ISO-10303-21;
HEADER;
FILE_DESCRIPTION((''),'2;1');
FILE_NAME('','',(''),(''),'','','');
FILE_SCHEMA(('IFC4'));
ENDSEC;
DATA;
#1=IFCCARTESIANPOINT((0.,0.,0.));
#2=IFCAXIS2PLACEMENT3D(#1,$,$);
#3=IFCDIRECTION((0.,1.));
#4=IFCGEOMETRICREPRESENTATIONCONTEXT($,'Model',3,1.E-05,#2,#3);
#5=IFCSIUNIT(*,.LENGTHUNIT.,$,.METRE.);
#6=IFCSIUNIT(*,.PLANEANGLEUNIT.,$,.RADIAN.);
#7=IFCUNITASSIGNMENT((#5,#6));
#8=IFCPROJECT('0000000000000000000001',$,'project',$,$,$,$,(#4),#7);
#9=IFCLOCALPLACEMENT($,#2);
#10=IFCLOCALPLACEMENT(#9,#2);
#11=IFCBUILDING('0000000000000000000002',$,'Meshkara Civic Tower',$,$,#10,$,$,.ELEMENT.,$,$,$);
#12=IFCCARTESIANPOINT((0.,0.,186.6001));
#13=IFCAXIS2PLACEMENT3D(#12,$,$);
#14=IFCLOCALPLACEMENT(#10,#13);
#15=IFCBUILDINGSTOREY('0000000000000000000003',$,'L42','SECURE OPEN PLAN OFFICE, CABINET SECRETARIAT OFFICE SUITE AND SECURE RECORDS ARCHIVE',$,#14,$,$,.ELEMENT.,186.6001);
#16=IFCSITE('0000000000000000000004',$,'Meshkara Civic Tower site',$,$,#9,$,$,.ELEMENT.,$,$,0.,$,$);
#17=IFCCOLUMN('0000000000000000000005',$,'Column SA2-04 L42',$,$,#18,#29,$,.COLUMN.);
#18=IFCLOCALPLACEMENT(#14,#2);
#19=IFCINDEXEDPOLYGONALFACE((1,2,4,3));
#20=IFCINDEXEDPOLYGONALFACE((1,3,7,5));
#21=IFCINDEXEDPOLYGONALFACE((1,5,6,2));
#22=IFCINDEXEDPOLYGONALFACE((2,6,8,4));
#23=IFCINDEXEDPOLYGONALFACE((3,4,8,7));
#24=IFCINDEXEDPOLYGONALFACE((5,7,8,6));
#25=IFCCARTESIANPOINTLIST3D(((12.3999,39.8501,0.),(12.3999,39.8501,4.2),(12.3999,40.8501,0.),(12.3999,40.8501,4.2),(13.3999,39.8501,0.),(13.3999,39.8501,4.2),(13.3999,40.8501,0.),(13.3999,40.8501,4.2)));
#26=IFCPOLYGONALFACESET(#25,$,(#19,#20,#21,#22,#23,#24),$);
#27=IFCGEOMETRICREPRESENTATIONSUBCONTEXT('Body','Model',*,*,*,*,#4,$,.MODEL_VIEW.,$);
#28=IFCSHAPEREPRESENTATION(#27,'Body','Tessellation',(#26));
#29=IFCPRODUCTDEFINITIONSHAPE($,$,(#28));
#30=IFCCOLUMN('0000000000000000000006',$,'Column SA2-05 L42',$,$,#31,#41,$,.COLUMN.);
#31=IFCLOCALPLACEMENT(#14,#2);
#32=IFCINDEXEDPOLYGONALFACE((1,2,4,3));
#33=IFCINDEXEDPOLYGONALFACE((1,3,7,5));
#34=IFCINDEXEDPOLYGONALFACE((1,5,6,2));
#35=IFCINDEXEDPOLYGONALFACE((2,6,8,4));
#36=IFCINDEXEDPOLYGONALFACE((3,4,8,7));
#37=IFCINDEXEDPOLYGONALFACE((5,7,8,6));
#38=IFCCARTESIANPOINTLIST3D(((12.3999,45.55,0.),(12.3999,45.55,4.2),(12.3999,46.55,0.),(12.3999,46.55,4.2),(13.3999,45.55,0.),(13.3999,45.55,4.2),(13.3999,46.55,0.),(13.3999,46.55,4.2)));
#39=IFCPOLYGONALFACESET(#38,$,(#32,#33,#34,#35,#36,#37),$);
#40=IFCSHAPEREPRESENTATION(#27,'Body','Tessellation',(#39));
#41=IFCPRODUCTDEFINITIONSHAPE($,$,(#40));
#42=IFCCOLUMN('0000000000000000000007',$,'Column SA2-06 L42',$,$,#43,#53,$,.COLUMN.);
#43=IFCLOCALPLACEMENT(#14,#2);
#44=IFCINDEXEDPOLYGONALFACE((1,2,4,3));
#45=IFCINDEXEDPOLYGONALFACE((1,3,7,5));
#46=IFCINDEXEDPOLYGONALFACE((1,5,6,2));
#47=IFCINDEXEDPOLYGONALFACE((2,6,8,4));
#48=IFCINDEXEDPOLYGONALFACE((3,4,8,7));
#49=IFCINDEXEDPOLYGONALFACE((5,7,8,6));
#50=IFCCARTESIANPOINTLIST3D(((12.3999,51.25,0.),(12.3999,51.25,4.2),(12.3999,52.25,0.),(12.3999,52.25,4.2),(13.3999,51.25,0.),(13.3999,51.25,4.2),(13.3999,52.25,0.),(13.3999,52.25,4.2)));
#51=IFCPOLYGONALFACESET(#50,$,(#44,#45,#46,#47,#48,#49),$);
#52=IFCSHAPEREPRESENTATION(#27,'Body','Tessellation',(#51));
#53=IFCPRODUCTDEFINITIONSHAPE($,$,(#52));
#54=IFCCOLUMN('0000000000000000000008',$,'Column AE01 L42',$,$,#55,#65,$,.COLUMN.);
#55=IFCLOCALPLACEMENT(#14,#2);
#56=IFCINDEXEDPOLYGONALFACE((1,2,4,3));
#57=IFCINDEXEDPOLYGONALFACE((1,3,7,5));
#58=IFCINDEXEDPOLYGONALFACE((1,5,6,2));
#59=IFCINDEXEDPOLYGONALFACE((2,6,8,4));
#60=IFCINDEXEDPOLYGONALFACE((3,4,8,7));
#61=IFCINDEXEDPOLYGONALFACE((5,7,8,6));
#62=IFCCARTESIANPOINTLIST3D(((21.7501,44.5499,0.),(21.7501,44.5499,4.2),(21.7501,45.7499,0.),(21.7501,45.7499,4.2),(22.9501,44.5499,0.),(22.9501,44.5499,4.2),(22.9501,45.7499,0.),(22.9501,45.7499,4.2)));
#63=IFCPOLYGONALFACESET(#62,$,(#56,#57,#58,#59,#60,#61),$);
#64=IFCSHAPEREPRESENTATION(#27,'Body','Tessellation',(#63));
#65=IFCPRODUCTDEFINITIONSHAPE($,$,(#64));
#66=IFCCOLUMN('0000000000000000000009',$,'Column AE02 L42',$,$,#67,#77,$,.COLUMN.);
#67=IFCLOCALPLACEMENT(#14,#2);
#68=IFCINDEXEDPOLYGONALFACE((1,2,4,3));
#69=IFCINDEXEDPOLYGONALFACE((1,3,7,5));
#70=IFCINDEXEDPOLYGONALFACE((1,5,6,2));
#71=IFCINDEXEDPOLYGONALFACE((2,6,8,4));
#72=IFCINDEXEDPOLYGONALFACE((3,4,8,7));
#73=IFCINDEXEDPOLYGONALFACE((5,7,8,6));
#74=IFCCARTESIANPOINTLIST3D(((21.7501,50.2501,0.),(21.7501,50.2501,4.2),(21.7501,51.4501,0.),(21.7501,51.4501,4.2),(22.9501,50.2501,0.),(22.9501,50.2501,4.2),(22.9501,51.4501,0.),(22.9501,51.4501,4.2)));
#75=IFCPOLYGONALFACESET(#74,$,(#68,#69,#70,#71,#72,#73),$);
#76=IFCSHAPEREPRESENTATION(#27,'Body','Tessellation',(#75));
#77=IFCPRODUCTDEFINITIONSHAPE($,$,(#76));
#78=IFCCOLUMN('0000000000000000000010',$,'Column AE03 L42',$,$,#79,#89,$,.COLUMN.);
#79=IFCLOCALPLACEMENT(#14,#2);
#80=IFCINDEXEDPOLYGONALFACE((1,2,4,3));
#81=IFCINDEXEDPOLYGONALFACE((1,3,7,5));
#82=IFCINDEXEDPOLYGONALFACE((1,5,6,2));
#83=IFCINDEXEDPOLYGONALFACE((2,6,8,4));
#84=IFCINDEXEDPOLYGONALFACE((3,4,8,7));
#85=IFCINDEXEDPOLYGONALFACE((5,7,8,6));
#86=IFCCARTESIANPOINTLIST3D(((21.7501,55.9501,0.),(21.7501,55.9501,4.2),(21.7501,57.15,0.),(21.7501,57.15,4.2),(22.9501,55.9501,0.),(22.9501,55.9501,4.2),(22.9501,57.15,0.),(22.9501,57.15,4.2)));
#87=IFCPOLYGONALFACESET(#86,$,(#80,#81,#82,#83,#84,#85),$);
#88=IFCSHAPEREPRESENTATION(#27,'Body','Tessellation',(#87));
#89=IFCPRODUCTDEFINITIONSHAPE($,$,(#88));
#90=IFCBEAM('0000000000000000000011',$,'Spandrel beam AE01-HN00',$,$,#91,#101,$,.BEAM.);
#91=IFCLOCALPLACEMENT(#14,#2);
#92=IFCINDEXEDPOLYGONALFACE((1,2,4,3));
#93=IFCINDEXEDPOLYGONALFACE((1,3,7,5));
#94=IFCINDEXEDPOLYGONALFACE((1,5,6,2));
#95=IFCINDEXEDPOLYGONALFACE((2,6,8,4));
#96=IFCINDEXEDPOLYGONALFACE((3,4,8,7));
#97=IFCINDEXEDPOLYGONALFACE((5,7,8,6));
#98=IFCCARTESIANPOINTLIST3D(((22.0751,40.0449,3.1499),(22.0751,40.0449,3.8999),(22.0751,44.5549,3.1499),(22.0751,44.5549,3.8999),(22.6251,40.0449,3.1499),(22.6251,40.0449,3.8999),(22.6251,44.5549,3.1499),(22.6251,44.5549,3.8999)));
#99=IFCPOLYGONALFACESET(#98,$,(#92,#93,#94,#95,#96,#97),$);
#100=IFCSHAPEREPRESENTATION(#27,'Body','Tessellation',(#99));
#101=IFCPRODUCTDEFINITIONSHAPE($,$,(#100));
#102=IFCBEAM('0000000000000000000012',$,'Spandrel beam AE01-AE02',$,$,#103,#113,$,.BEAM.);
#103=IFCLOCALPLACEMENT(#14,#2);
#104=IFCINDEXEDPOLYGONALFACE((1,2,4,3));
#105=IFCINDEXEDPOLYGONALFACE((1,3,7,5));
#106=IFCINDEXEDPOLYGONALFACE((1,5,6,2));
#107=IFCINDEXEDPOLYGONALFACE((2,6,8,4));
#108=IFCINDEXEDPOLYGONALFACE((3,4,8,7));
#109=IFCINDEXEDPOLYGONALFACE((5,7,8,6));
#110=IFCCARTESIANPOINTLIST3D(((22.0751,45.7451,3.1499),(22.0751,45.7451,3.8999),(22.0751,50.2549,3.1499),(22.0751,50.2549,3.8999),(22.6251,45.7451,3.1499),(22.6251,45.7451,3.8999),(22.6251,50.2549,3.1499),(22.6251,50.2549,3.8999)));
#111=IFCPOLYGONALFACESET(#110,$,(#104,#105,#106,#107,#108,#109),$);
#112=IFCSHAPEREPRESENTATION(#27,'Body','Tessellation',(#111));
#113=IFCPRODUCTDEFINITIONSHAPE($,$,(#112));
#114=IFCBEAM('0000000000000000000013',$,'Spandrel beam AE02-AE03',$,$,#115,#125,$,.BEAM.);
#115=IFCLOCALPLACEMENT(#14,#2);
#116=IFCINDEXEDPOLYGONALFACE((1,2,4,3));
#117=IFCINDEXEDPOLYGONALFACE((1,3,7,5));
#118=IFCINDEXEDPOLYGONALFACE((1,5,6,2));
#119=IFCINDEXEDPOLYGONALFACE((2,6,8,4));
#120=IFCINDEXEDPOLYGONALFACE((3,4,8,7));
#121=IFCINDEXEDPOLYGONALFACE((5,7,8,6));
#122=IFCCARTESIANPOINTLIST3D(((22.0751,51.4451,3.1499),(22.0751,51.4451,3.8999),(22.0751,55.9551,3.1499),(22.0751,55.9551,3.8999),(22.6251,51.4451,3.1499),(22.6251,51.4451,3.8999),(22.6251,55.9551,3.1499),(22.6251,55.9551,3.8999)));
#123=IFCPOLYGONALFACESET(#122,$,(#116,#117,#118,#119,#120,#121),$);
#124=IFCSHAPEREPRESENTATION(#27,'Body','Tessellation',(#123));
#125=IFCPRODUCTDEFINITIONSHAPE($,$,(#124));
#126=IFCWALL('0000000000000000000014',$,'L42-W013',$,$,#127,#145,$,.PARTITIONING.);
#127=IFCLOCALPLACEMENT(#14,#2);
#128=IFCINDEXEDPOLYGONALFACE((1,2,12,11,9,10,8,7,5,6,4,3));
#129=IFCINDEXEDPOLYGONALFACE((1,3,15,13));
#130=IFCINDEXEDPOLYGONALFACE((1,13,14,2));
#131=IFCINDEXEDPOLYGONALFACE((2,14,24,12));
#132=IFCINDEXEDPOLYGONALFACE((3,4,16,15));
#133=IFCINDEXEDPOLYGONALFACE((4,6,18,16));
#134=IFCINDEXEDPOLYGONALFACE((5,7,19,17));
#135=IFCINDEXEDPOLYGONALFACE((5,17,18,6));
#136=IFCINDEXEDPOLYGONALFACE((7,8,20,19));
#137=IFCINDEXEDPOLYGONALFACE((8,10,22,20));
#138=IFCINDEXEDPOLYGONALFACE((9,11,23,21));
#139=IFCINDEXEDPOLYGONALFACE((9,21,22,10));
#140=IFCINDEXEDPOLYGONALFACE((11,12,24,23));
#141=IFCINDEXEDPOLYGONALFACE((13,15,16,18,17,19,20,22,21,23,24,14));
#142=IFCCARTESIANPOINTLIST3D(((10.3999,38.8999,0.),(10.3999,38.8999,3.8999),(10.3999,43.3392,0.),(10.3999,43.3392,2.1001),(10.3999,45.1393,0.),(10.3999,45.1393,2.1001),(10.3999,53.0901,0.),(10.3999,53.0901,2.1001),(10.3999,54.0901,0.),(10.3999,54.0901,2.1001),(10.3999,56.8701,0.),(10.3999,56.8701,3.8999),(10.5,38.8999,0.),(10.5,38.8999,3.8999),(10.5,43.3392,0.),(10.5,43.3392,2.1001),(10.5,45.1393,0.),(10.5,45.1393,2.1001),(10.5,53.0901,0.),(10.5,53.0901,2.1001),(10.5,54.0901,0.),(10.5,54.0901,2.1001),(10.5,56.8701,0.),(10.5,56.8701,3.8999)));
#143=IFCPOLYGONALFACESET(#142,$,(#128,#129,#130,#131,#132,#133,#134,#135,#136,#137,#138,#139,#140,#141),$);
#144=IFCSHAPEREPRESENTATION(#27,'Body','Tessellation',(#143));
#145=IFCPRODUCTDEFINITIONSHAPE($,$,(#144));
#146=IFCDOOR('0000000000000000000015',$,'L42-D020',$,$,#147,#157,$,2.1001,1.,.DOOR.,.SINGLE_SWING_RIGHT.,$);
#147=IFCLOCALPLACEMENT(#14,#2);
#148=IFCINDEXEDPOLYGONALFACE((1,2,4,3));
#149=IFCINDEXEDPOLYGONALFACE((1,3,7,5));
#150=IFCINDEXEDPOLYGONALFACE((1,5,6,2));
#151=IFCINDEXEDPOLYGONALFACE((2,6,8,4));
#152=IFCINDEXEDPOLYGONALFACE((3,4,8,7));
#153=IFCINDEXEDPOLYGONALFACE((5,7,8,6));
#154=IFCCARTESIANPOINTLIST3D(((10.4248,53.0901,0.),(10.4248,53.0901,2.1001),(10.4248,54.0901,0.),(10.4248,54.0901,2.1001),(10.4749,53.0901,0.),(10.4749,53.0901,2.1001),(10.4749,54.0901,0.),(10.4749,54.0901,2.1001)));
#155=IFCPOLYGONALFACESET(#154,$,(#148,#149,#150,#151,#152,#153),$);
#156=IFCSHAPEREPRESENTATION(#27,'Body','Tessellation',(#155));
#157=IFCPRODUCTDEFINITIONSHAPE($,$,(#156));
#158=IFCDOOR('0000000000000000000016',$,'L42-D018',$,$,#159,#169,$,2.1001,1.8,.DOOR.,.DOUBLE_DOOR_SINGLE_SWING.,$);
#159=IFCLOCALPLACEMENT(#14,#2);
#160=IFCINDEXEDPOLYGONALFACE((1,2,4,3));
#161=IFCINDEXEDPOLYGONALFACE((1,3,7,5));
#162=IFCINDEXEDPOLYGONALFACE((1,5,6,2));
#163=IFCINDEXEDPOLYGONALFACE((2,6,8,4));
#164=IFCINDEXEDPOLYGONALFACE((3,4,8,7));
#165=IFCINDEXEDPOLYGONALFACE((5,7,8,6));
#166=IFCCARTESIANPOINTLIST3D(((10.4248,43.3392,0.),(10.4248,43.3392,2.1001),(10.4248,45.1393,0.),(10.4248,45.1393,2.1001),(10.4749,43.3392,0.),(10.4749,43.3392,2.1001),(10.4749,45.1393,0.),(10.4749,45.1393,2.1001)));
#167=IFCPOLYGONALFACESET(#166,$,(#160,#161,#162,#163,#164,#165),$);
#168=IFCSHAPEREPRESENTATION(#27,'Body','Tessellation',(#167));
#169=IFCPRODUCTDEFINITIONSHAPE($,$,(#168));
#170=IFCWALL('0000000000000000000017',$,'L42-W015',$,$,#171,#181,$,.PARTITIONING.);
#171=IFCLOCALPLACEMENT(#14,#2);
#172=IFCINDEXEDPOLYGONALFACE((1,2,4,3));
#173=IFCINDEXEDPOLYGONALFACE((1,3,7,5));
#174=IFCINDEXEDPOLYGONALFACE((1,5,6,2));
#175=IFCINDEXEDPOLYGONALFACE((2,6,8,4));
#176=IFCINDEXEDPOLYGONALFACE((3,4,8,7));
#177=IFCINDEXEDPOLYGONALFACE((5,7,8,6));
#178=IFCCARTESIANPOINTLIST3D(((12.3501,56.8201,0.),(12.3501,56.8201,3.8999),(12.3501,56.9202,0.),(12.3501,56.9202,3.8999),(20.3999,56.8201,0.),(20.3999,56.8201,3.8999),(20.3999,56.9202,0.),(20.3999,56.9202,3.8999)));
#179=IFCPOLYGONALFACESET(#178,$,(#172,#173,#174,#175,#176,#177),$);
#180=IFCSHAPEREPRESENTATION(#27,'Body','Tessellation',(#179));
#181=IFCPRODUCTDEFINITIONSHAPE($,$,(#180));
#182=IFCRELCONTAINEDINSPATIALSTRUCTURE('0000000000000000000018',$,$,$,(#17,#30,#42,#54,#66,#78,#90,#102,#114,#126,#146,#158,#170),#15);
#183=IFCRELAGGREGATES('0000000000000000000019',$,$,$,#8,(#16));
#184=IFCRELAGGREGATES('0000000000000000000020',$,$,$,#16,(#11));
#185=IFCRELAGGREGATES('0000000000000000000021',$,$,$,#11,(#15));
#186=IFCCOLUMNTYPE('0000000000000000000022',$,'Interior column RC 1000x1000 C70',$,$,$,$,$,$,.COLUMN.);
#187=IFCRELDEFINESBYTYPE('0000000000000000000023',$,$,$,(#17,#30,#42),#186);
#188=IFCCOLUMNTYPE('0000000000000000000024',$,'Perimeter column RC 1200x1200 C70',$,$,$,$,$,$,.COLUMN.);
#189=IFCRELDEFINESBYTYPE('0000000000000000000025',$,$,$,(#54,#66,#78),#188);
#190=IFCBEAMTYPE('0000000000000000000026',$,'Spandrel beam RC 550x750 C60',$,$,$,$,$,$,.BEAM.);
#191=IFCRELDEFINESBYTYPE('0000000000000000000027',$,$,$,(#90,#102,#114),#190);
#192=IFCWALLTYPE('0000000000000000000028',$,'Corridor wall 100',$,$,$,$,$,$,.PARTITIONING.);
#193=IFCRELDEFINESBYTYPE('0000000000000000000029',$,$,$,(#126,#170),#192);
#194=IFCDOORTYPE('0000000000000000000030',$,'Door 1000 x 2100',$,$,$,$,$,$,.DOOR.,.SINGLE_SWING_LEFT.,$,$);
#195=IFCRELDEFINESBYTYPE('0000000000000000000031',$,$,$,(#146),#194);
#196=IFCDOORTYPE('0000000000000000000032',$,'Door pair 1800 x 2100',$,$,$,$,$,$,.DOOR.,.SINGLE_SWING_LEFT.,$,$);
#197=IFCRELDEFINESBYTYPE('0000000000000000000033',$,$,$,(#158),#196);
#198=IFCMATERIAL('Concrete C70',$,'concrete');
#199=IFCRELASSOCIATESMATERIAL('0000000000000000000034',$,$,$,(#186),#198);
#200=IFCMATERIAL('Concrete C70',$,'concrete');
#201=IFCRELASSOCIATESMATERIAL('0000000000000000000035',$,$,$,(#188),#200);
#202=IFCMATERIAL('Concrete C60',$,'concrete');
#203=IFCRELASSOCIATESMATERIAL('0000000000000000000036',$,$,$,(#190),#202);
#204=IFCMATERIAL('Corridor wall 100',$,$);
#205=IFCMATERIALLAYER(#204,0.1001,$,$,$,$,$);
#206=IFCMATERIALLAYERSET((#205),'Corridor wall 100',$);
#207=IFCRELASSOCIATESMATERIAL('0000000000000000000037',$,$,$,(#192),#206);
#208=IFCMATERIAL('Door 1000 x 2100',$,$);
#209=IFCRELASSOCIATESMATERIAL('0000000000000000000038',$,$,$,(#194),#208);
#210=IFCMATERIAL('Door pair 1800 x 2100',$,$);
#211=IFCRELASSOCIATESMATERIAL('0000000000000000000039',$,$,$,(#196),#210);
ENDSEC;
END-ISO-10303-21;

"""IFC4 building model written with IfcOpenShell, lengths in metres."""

from ifc_helpers import new_model, si_unit, direction, frame, frame_2d, origin, origin_2d, place, context, subcontext, project, spatial, rectangle, extrude, material, layer, layer_set, material_profile, profile_set, type_object, element, fill, save


model = new_model("IFC4")

# Units and contexts
model_context = context("Model", 3, precision=1e-05, world=origin(), true_north=direction((0.0, 1.0)))
body_context = subcontext(model_context, "Body", "Model", "MODEL_VIEW")
ifc_project = project(units=[si_unit("LENGTHUNIT", "METRE"), si_unit("PLANEANGLEUNIT", "RADIAN")], contexts=[model_context])

# Site, building, storey
site_placement = place(None, origin())
site = spatial("IfcSite", under=ifc_project, at=site_placement, Name="Meshkara Civic Tower site", CompositionType="ELEMENT", RefElevation=0.0)
building_placement = place(site_placement, origin())
building = spatial("IfcBuilding", under=site, at=building_placement, Name="Meshkara Civic Tower", CompositionType="ELEMENT")
storey_placement = place(building_placement, frame((0.0, 0.0, 186.6001)))
storey = spatial("IfcBuildingStorey", under=building, at=storey_placement, Name="L42", Description="SECURE OPEN PLAN OFFICE, CABINET SECRETARIAT OFFICE SUITE AND SECURE RECORDS ARCHIVE", CompositionType="ELEMENT", Elevation=186.6001)

# Columns
ifc_material_1 = material(Name="Concrete C70", Category="concrete")
ifc_material_profile_1 = material_profile(ifc_material_1, rectangle(XDim=1.0, YDim=1.0, at=origin_2d()))
ifc_profile_set_1 = profile_set([ifc_material_profile_1], Name="Concrete C70")
column_type_1 = type_object("IfcColumnType", Name="Interior column RC 1000x1000 C70", PredefinedType="COLUMN", material=ifc_profile_set_1)
for number, where, z_axis, x_axis, name in (
    (1, (12.8999, 40.3501, 0.0), (0.0, 0.0, 1.0), (1.0, 0.0, 0.0), "Column SA2-04 L42"),
    (2, (12.8999, 46.05, 0.0), (0.0, 0.0, 1.0), (1.0, 0.0, 0.0), "Column SA2-05 L42"),
    (3, (12.8999, 51.75, 0.0), (0.0, 0.0, 1.0), (1.0, 0.0, 0.0), "Column SA2-06 L42"),
):
    element("IfcColumn", number, at=place(storey_placement, frame(where, z_axis=z_axis, x_axis=x_axis)), inside=storey, type_object=column_type_1, Name=name, PredefinedType="COLUMN", context=body_context, shape_type="SweptSolid", body=[
        extrude(rectangle(XDim=1.0, YDim=1.0, at=origin_2d()), origin(), (0.0, 0.0, 1.0), 4.2),
    ])
ifc_material_2 = material(Name="Concrete C70", Category="concrete")
ifc_material_profile_2 = material_profile(ifc_material_2, rectangle(XDim=1.2, YDim=1.2, at=origin_2d()))
ifc_profile_set_2 = profile_set([ifc_material_profile_2], Name="Concrete C70")
column_type_2 = type_object("IfcColumnType", Name="Perimeter column RC 1200x1200 C70", PredefinedType="COLUMN", material=ifc_profile_set_2)
for number, where, z_axis, x_axis, name in (
    (4, (22.3501, 45.1499, 0.0), (0.0, 0.0, 1.0), (1.0, 0.0, 0.0), "Column AE01 L42"),
    (5, (22.3501, 50.8501, 0.0), (0.0, 0.0, 1.0), (1.0, 0.0, 0.0), "Column AE02 L42"),
    (6, (22.3501, 56.55, 0.0), (0.0, 0.0, 1.0), (1.0, 0.0, 0.0), "Column AE03 L42"),
):
    element("IfcColumn", number, at=place(storey_placement, frame(where, z_axis=z_axis, x_axis=x_axis)), inside=storey, type_object=column_type_2, Name=name, PredefinedType="COLUMN", context=body_context, shape_type="SweptSolid", body=[
        extrude(rectangle(XDim=1.2, YDim=1.2, at=origin_2d()), origin(), (0.0, 0.0, 1.0), 4.2),
    ])

# Beams
ifc_material_3 = material(Name="Concrete C60", Category="concrete")
ifc_material_profile_3 = material_profile(ifc_material_3, rectangle(XDim=0.55, YDim=0.75, at=origin_2d()))
ifc_profile_set_3 = profile_set([ifc_material_profile_3], Name="Concrete C60")
beam_type = type_object("IfcBeamType", Name="Spandrel beam RC 550x750 C60", PredefinedType="BEAM", material=ifc_profile_set_3)
beam_1_placement = place(storey_placement, frame((22.3501, 40.0449, 3.5249), z_axis=(0.0, 1.0, 0.0), x_axis=(-1.0, 0.0, 0.0)))
element("IfcBeam", 7, at=beam_1_placement, inside=storey, type_object=beam_type, Name="Spandrel beam AE01-HN00", PredefinedType="BEAM", context=body_context, shape_type="SweptSolid", body=[
    extrude(rectangle(XDim=0.55, YDim=0.75, at=origin_2d()), origin(), (0.0, 0.0, 1.0), 4.51),
])
beam_2_placement = place(storey_placement, frame((22.3501, 45.7451, 3.5249), z_axis=(0.0, 1.0, 0.0), x_axis=(-1.0, 0.0, 0.0)))
element("IfcBeam", 8, at=beam_2_placement, inside=storey, type_object=beam_type, Name="Spandrel beam AE01-AE02", PredefinedType="BEAM", context=body_context, shape_type="SweptSolid", body=[
    extrude(rectangle(XDim=0.55, YDim=0.75, at=origin_2d()), origin(), (0.0, 0.0, 1.0), 4.5098),
])
beam_3_placement = place(storey_placement, frame((22.3501, 51.4451, 3.5249), z_axis=(0.0, 1.0, 0.0), x_axis=(-1.0, 0.0, 0.0)))
element("IfcBeam", 9, at=beam_3_placement, inside=storey, type_object=beam_type, Name="Spandrel beam AE02-AE03", PredefinedType="BEAM", context=body_context, shape_type="SweptSolid", body=[
    extrude(rectangle(XDim=0.55, YDim=0.75, at=origin_2d()), origin(), (0.0, 0.0, 1.0), 4.51),
])

# Wall, openings, doors
ifc_material_4 = material(Name="Corridor wall 100")
ifc_layer_1 = layer(ifc_material_4, 0.1001)
ifc_layer_set_1 = layer_set([ifc_layer_1], Name="Corridor wall 100")
wall_type_1 = type_object("IfcWallType", Name="Corridor wall 100", PredefinedType="PARTITIONING", material=ifc_layer_set_1)
wall_1_placement = place(storey_placement, frame((10.45, 56.8701, 0.0), z_axis=(0.0, 0.0, 1.0), x_axis=(0.0, -1.0, 0.0)))
wall_1 = element("IfcWall", 10, at=wall_1_placement, inside=storey, type_object=wall_type_1, Name="L42-W013", PredefinedType="PARTITIONING", context=body_context, shape_type="SweptSolid", body=[
    extrude(rectangle(XDim=17.9702, YDim=0.1001, at=frame_2d((8.9851, 0.0))), origin(), (0.0, 0.0, 1.0), 3.8999),
])
opening_1_placement = place(wall_1_placement, frame((11.731, 0.0, 0.0)))
opening_1 = element("IfcOpeningElement", 11, at=opening_1_placement, cuts=wall_1, PredefinedType="OPENING", context=body_context, shape_type="SweptSolid", body=[
    extrude(rectangle(XDim=1.8, YDim=2.1001, at=frame_2d((0.8999, 1.05))), frame((0.0, 0.0601, 0.0), z_axis=(0.0, -1.0, 0.0), x_axis=(1.0, 0.0, 0.0)), (0.0, 0.0, 1.0), 0.1201),
])
opening_2_placement = place(wall_1_placement, frame((2.78, 0.0, 0.0)))
opening_2 = element("IfcOpeningElement", 12, at=opening_2_placement, cuts=wall_1, PredefinedType="OPENING", context=body_context, shape_type="SweptSolid", body=[
    extrude(rectangle(XDim=1.0, YDim=2.1001, at=frame_2d((0.5, 1.05))), frame((0.0, 0.0601, 0.0), z_axis=(0.0, -1.0, 0.0), x_axis=(1.0, 0.0, 0.0)), (0.0, 0.0, 1.0), 0.1201),
])
ifc_material_5 = material(Name="Door 1000 x 2100")
door_type_1 = type_object("IfcDoorType", Name="Door 1000 x 2100", OperationType="SINGLE_SWING_LEFT", PredefinedType="DOOR", material=ifc_material_5)
door_1_placement = place(opening_2_placement, origin())
door_1 = element("IfcDoor", 13, at=door_1_placement, inside=storey, type_object=door_type_1, Name="L42-D020", OperationType="SINGLE_SWING_RIGHT", OverallHeight=2.1001, OverallWidth=1.0, PredefinedType="DOOR", context=body_context, shape_type="SweptSolid", body=[
    extrude(rectangle(XDim=1.0, YDim=2.1001, at=frame_2d((0.5, 1.05))), frame((0.0, 0.0249, 0.0), z_axis=(0.0, -1.0, 0.0), x_axis=(1.0, 0.0, 0.0)), (0.0, 0.0, 1.0), 0.05),
])
fill(opening_2, door_1)
ifc_material_6 = material(Name="Door pair 1800 x 2100")
door_type_2 = type_object("IfcDoorType", Name="Door pair 1800 x 2100", OperationType="SINGLE_SWING_LEFT", PredefinedType="DOOR", material=ifc_material_6)
door_2_placement = place(opening_1_placement, origin())
door_2 = element("IfcDoor", 14, at=door_2_placement, inside=storey, type_object=door_type_2, Name="L42-D018", OperationType="DOUBLE_DOOR_SINGLE_SWING", OverallHeight=2.1001, OverallWidth=1.8, PredefinedType="DOOR", context=body_context, shape_type="SweptSolid", body=[
    extrude(rectangle(XDim=1.8, YDim=2.1001, at=frame_2d((0.8999, 1.05))), frame((0.0, 0.0249, 0.0), z_axis=(0.0, -1.0, 0.0), x_axis=(1.0, 0.0, 0.0)), (0.0, 0.0, 1.0), 0.05),
])
fill(opening_1, door_2)

# Wall
wall_2_placement = place(storey_placement, frame((12.3501, 56.8701, 0.0), z_axis=(0.0, 0.0, 1.0), x_axis=(1.0, 0.0, 0.0)))
element("IfcWall", 15, at=wall_2_placement, inside=storey, type_object=wall_type_1, Name="L42-W015", PredefinedType="PARTITIONING", context=body_context, shape_type="SweptSolid", body=[
    extrude(rectangle(XDim=8.0498, YDim=0.1001, at=frame_2d((4.0249, 0.0))), origin(), (0.0, 0.0, 1.0), 3.8999),
])

save(model, "model.ifc")
